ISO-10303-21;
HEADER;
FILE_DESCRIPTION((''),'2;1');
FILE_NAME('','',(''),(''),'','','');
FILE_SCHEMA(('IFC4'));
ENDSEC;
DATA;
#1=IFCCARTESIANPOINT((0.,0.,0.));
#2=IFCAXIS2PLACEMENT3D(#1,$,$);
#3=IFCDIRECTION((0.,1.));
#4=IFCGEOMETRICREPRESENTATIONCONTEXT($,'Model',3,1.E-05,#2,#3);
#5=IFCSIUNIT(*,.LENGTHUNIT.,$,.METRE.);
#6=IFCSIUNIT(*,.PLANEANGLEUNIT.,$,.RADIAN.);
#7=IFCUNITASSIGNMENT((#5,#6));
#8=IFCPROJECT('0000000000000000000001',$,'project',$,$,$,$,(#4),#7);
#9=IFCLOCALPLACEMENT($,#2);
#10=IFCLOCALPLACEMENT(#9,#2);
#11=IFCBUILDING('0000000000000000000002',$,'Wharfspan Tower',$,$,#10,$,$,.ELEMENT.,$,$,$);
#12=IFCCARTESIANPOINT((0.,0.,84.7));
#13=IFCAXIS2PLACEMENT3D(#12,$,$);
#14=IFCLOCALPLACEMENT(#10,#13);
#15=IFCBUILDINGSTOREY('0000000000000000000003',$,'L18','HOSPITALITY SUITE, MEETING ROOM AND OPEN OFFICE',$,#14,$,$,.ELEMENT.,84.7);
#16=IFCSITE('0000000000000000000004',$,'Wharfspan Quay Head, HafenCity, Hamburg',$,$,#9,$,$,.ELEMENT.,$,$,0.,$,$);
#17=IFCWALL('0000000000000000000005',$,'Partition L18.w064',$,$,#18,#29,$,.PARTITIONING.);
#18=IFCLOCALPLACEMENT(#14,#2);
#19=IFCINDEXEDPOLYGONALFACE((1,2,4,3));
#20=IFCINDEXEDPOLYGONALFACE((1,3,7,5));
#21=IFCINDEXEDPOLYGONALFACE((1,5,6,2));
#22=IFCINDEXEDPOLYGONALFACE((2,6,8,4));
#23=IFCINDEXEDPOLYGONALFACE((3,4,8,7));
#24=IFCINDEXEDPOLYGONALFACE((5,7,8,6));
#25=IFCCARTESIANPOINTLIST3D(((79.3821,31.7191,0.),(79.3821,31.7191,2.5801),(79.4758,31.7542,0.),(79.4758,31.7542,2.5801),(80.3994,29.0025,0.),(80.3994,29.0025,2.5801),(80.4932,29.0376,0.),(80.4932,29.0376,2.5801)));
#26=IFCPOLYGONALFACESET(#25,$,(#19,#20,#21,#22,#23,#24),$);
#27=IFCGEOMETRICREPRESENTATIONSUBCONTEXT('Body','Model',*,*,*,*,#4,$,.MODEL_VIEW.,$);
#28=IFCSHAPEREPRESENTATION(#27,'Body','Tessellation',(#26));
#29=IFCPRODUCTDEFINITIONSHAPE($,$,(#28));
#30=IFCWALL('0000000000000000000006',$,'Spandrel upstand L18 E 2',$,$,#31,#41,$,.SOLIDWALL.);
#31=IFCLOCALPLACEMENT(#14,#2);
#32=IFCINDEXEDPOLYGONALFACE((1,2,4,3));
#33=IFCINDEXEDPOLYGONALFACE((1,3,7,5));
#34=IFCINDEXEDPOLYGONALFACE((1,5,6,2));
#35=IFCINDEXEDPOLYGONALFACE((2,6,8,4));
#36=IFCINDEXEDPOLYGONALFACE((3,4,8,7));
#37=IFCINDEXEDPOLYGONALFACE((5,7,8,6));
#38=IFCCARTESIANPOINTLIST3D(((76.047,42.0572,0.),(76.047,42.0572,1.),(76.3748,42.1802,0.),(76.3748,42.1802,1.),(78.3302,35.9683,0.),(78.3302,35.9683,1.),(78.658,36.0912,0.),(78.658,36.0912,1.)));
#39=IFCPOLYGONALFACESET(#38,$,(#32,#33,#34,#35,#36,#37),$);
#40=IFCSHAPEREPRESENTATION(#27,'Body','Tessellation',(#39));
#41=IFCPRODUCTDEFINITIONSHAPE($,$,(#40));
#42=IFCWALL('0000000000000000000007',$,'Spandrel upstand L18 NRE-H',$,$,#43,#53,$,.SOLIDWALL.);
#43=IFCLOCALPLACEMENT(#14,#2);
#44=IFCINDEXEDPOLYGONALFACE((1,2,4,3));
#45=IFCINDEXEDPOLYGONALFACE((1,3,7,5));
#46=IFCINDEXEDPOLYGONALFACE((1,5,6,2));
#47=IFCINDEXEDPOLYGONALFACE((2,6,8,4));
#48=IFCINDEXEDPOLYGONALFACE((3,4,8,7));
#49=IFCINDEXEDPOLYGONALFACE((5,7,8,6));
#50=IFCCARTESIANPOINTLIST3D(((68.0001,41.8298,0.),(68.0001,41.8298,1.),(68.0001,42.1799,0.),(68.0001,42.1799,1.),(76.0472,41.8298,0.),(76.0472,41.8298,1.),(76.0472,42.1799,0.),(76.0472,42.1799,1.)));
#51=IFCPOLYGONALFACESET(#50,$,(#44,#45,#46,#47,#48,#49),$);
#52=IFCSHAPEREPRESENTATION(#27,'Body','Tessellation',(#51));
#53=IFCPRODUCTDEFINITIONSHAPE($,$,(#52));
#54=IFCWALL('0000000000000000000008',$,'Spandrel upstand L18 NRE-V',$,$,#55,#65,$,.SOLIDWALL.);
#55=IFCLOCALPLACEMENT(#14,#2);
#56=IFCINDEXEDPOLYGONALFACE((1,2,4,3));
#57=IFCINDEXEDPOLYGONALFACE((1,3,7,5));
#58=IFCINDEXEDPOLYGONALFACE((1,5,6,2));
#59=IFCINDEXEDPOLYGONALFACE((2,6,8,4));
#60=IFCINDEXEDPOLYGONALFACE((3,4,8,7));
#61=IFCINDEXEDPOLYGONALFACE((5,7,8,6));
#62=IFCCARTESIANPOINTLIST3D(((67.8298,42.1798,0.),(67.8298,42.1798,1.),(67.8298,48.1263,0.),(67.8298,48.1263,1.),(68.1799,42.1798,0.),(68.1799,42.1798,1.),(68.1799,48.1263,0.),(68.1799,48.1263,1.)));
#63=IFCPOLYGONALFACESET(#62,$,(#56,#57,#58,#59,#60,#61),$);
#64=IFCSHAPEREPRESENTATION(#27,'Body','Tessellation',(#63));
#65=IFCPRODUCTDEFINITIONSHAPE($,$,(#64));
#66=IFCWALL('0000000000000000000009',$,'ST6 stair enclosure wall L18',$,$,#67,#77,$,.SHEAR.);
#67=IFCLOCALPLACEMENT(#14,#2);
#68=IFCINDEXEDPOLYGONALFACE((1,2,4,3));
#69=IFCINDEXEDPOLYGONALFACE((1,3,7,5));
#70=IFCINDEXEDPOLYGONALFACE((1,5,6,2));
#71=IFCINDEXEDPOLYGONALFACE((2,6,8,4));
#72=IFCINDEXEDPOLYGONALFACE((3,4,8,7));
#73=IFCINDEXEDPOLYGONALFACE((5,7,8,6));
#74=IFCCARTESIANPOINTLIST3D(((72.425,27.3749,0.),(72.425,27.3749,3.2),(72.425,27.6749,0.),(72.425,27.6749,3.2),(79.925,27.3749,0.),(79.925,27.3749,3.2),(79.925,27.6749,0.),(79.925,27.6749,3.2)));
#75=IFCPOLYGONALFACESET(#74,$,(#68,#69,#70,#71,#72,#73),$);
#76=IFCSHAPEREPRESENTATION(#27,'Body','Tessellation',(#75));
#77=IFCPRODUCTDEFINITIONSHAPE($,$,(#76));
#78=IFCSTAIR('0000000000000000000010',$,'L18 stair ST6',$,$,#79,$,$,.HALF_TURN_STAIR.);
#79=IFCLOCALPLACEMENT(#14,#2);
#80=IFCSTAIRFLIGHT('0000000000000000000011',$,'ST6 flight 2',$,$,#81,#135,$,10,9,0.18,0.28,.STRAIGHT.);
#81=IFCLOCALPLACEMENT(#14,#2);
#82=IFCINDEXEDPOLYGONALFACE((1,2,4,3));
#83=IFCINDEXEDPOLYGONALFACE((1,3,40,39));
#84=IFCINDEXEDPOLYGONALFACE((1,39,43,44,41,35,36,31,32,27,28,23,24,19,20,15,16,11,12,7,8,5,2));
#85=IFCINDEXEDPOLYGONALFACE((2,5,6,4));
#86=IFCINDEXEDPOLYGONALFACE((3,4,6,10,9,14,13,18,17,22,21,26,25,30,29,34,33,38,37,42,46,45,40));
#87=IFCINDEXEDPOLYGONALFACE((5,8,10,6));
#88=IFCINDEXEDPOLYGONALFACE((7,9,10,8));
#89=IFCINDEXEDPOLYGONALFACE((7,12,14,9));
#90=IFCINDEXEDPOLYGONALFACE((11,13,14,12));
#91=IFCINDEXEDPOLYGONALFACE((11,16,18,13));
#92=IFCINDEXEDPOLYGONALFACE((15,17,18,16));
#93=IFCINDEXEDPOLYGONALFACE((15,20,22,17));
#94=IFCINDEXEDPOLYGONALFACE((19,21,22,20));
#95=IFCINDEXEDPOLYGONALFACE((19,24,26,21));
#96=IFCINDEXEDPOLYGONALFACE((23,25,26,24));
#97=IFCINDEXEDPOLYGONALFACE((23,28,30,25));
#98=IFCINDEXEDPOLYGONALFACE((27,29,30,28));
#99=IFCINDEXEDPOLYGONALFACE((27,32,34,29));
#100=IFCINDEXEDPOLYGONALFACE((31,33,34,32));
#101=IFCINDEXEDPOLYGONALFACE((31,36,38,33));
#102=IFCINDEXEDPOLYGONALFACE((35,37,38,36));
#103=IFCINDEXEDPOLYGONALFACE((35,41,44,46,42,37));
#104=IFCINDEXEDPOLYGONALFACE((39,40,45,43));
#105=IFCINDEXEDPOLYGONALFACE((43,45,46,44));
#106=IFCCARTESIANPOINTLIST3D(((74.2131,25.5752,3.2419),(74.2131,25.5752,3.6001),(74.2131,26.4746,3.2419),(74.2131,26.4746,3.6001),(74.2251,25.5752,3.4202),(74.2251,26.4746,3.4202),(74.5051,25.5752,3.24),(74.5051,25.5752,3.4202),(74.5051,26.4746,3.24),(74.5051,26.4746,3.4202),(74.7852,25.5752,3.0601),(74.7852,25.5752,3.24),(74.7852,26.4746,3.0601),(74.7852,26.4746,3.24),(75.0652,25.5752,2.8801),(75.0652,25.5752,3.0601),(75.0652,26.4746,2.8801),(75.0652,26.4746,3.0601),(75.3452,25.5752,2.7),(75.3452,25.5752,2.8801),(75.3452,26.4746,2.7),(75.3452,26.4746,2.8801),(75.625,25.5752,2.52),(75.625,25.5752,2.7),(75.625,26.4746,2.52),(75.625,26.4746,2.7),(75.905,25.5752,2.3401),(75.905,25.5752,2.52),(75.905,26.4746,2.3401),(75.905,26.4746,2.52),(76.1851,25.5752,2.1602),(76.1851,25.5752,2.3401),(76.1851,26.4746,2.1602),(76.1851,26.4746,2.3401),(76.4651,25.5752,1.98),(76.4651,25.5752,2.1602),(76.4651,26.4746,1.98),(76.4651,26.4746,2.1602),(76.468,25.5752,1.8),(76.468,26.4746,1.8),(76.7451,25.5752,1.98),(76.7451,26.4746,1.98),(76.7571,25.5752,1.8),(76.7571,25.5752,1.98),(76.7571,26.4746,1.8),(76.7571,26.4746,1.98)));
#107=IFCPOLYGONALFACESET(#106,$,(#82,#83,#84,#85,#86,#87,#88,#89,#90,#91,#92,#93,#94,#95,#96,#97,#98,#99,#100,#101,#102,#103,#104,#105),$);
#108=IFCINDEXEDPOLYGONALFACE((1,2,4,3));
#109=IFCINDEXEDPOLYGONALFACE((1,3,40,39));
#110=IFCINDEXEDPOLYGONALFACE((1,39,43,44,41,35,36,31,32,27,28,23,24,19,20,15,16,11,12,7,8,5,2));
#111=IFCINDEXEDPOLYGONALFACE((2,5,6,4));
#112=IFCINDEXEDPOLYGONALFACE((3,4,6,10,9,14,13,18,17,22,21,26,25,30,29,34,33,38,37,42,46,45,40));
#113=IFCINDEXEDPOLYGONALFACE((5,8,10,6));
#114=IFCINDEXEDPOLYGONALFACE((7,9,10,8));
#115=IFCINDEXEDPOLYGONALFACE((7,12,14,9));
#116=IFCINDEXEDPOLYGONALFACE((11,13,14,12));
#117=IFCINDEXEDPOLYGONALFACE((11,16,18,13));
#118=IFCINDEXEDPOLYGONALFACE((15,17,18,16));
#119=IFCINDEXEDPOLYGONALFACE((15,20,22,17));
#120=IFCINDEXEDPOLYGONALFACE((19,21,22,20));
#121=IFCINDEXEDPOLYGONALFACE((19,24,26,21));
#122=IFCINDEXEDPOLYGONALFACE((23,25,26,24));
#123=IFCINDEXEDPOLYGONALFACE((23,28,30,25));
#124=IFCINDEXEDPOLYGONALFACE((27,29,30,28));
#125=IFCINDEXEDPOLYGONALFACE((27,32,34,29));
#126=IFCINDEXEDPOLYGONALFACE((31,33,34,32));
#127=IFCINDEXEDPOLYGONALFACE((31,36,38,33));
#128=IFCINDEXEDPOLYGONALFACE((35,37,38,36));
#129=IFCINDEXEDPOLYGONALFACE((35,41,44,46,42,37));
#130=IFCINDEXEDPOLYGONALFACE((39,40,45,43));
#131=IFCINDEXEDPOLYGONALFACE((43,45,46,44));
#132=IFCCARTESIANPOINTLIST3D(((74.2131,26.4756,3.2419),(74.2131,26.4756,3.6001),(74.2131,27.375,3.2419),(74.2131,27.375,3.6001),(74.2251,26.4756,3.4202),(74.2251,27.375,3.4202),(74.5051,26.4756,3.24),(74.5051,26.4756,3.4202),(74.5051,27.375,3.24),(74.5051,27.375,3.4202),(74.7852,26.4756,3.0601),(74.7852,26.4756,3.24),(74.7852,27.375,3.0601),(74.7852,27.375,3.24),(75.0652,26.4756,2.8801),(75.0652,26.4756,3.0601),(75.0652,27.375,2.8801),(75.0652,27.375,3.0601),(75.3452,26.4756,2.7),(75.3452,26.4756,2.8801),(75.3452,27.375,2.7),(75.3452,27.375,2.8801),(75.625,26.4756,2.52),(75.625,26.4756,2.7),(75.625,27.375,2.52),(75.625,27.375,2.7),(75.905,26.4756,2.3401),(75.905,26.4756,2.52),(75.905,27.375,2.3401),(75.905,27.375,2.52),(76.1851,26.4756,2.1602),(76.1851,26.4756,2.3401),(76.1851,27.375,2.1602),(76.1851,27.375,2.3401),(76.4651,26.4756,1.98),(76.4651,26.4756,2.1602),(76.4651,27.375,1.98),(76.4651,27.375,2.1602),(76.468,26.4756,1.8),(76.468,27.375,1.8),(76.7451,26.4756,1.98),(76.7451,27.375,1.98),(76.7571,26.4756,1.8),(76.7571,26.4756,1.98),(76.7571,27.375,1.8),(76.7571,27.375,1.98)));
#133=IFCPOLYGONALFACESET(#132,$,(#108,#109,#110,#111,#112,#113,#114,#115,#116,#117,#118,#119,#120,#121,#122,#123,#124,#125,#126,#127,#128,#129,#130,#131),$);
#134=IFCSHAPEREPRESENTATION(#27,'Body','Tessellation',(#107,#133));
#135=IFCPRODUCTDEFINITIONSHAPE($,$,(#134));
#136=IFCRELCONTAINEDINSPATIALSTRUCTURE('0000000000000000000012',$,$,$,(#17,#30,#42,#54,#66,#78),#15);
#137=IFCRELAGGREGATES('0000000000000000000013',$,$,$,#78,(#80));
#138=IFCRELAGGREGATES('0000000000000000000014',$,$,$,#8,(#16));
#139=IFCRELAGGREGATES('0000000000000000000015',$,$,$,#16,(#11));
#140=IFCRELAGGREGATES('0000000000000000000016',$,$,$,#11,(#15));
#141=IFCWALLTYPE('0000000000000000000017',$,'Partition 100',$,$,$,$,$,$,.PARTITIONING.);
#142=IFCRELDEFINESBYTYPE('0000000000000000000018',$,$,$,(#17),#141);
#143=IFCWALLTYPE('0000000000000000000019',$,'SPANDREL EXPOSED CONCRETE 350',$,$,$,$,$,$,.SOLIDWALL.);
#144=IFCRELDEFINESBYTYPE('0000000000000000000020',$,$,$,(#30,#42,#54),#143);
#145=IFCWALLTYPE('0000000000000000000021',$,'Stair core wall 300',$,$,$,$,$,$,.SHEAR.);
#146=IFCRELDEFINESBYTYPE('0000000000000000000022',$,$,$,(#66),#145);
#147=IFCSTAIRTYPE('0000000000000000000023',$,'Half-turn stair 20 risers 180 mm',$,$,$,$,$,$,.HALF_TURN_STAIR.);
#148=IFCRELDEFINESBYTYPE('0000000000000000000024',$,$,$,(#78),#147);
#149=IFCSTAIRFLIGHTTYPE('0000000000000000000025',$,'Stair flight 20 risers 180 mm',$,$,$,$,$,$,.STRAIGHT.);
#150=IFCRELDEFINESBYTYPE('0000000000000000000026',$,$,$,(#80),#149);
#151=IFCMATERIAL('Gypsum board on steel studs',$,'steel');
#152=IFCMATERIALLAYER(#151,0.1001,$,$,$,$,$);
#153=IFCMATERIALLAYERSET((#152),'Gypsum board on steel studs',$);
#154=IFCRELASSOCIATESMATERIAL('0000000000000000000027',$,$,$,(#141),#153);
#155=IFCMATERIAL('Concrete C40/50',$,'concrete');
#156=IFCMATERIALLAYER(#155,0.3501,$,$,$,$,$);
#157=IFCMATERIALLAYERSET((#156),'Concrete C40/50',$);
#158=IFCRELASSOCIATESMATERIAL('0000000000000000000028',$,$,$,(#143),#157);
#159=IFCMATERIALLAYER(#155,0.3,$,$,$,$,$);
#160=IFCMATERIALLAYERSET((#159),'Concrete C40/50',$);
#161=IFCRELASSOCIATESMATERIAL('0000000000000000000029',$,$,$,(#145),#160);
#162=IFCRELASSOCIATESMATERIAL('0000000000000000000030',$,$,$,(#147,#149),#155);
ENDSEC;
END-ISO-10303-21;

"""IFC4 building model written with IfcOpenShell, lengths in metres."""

from ifc_helpers import new_model, si_unit, direction, frame, frame_2d, origin, place, context, subcontext, project, spatial, polyline, rectangle, outline, extrude, material, layer, layer_set, type_object, element, aggregate, save


model = new_model("IFC4")

# Units and contexts
model_context = context("Model", 3, precision=1e-05, world=origin(), true_north=direction((0.0, 1.0)))
body_context = subcontext(model_context, "Body", "Model", "MODEL_VIEW")
ifc_project = project(units=[si_unit("LENGTHUNIT", "METRE"), si_unit("PLANEANGLEUNIT", "RADIAN")], contexts=[model_context])

# Site, building, storey
site_placement = place(None, origin())
site = spatial("IfcSite", under=ifc_project, at=site_placement, Name="Wharfspan Quay Head, HafenCity, Hamburg", CompositionType="ELEMENT", RefElevation=0.0)
building_placement = place(site_placement, origin())
building = spatial("IfcBuilding", under=site, at=building_placement, Name="Wharfspan Tower", CompositionType="ELEMENT")
storey_placement = place(building_placement, frame((0.0, 0.0, 84.7)))
storey = spatial("IfcBuildingStorey", under=building, at=storey_placement, Name="L18", Description="HOSPITALITY SUITE, MEETING ROOM AND OPEN OFFICE", CompositionType="ELEMENT", Elevation=84.7)

# Walls
ifc_material_1 = material(Name="Gypsum board on steel studs", Category="steel")
ifc_layer_1 = layer(ifc_material_1, 0.1001)
ifc_layer_set_1 = layer_set([ifc_layer_1], Name="Gypsum board on steel studs")
wall_type_1 = type_object("IfcWallType", Name="Partition 100", PredefinedType="PARTITIONING", material=ifc_layer_set_1)
wall_1_placement = place(storey_placement, frame((80.4463, 29.02, 0.0), z_axis=(0.0, 0.0, 1.0), x_axis=(-0.350707, 0.936481, 0.0)))
element("IfcWall", 1, at=wall_1_placement, inside=storey, type_object=wall_type_1, Name="Partition L18.w064", PredefinedType="PARTITIONING", context=body_context, shape_type="SweptSolid", body=[
    extrude(rectangle(XDim=2.9009, YDim=0.1001, at=frame_2d((1.4504, 0.0))), origin(), (0.0, 0.0, 1.0), 2.5801),
])
ifc_material_2 = material(Name="Concrete C40/50", Category="concrete")
ifc_layer_2 = layer(ifc_material_2, 0.3501)
ifc_layer_set_2 = layer_set([ifc_layer_2], Name="Concrete C40/50")
wall_type_2 = type_object("IfcWallType", Name="SPANDREL EXPOSED CONCRETE 350", PredefinedType="SOLIDWALL", material=ifc_layer_set_2)
wall_2_placement = place(storey_placement, frame((78.4941, 36.0298, 0.0), z_axis=(0.0, 0.0, 1.0), x_axis=(-0.351108, 0.936338, 0.0)))
element("IfcWall", 2, at=wall_2_placement, inside=storey, type_object=wall_type_2, Name="Spandrel upstand L18 E 2", PredefinedType="SOLIDWALL", context=body_context, shape_type="SweptSolid", body=[
    extrude(rectangle(XDim=6.5029, YDim=0.3501, at=frame_2d((3.2515, 0.0))), origin(), (0.0, 0.0, 1.0), 1.0),
])
wall_3_placement = place(storey_placement, frame((76.0471, 42.0049, 0.0), z_axis=(0.0, 0.0, 1.0), x_axis=(-1.0, 0.0, 0.0)))
element("IfcWall", 3, at=wall_3_placement, inside=storey, type_object=wall_type_2, Name="Spandrel upstand L18 NRE-H", PredefinedType="SOLIDWALL", context=body_context, shape_type="SweptSolid", body=[
    extrude(rectangle(XDim=8.0471, YDim=0.3501, at=frame_2d((4.0234, 0.0))), origin(), (0.0, 0.0, 1.0), 1.0),
])
wall_4_placement = place(storey_placement, frame((68.0049, 42.1799, 0.0), z_axis=(0.0, 0.0, 1.0), x_axis=(0.0, 1.0, 0.0)))
element("IfcWall", 4, at=wall_4_placement, inside=storey, type_object=wall_type_2, Name="Spandrel upstand L18 NRE-V", PredefinedType="SOLIDWALL", context=body_context, shape_type="SweptSolid", body=[
    extrude(rectangle(XDim=5.9465, YDim=0.3501, at=frame_2d((2.9731, 0.0))), origin(), (0.0, 0.0, 1.0), 1.0),
])
ifc_layer_3 = layer(ifc_material_2, 0.3)
ifc_layer_set_3 = layer_set([ifc_layer_3], Name="Concrete C40/50")
wall_type_3 = type_object("IfcWallType", Name="Stair core wall 300", PredefinedType="SHEAR", material=ifc_layer_set_3)
wall_5_placement = place(storey_placement, frame((72.425, 27.5249, 0.0), z_axis=(0.0, 0.0, 1.0), x_axis=(1.0, 0.0, 0.0)))
element("IfcWall", 5, at=wall_5_placement, inside=storey, type_object=wall_type_3, Name="ST6 stair enclosure wall L18", PredefinedType="SHEAR", context=body_context, shape_type="SweptSolid", body=[
    extrude(rectangle(XDim=7.5, YDim=0.3, at=frame_2d((3.75, 0.0))), origin(), (0.0, 0.0, 1.0), 3.2),
])

# Stair, stair flight
stair_type = type_object("IfcStairType", Name="Half-turn stair 20 risers 180 mm", PredefinedType="HALF_TURN_STAIR", material=ifc_material_2)
stair_placement = place(storey_placement, origin())
stair = element("IfcStair", 6, at=stair_placement, inside=storey, type_object=stair_type, Name="L18 stair ST6", PredefinedType="HALF_TURN_STAIR")
stair_flight_type = type_object("IfcStairFlightType", Name="Stair flight 20 risers 180 mm", PredefinedType="STRAIGHT", material=ifc_material_2)
stair_flight_placement = place(storey_placement, frame((76.7451, 26.4751, 1.8), z_axis=(0.0, 0.0, 1.0), x_axis=(-1.0, 0.0, 0.0)))
stair_flight = element("IfcStairFlight", 7, at=stair_flight_placement, type_object=stair_flight_type, Name="ST6 flight 2", NumberOfRisers=10, NumberOfTreads=9, PredefinedType="STRAIGHT", RiserHeight=0.18, TreadLength=0.28, context=body_context, shape_type="SweptSolid", body=[
    extrude(outline(polyline([(-0.012, 0.0), (-0.012, 0.1799), (0.0, 0.1799), (0.28, 0.1799), (0.28, 0.3601), (0.5601, 0.3601), (0.5601, 0.54), (0.8401, 0.54), (0.8401, 0.72), (1.1201, 0.72), (1.1201, 0.8999), (1.3999, 0.8999), (1.3999, 1.0801), (1.6799, 1.0801), (1.6799, 1.26), (1.96, 1.26), (1.96, 1.4399), (2.24, 1.4399), (2.24, 1.6201), (2.52, 1.6201), (2.532, 1.8), (2.532, 1.4419), (0.2771, 0.0), (-0.012, 0.0)])), frame((0.0, 0.8999, 0.0), z_axis=(0.0, -1.0, 0.0), x_axis=(1.0, 0.0, 0.0)), (0.0, 0.0, 1.0), 0.8994),
    extrude(outline(polyline([(-0.012, 0.0), (-0.012, 0.1799), (0.0, 0.1799), (0.28, 0.1799), (0.28, 0.3601), (0.5601, 0.3601), (0.5601, 0.54), (0.8401, 0.54), (0.8401, 0.72), (1.1201, 0.72), (1.1201, 0.8999), (1.3999, 0.8999), (1.3999, 1.0801), (1.6799, 1.0801), (1.6799, 1.26), (1.96, 1.26), (1.96, 1.4399), (2.24, 1.4399), (2.24, 1.6201), (2.52, 1.6201), (2.532, 1.8), (2.532, 1.4419), (0.2771, 0.0), (-0.012, 0.0)])), frame((0.0, -0.0005, 0.0), z_axis=(0.0, -1.0, 0.0), x_axis=(1.0, 0.0, 0.0)), (0.0, 0.0, 1.0), 0.8994),
])
aggregate(stair, [stair_flight])

save(model, "model.ifc")
